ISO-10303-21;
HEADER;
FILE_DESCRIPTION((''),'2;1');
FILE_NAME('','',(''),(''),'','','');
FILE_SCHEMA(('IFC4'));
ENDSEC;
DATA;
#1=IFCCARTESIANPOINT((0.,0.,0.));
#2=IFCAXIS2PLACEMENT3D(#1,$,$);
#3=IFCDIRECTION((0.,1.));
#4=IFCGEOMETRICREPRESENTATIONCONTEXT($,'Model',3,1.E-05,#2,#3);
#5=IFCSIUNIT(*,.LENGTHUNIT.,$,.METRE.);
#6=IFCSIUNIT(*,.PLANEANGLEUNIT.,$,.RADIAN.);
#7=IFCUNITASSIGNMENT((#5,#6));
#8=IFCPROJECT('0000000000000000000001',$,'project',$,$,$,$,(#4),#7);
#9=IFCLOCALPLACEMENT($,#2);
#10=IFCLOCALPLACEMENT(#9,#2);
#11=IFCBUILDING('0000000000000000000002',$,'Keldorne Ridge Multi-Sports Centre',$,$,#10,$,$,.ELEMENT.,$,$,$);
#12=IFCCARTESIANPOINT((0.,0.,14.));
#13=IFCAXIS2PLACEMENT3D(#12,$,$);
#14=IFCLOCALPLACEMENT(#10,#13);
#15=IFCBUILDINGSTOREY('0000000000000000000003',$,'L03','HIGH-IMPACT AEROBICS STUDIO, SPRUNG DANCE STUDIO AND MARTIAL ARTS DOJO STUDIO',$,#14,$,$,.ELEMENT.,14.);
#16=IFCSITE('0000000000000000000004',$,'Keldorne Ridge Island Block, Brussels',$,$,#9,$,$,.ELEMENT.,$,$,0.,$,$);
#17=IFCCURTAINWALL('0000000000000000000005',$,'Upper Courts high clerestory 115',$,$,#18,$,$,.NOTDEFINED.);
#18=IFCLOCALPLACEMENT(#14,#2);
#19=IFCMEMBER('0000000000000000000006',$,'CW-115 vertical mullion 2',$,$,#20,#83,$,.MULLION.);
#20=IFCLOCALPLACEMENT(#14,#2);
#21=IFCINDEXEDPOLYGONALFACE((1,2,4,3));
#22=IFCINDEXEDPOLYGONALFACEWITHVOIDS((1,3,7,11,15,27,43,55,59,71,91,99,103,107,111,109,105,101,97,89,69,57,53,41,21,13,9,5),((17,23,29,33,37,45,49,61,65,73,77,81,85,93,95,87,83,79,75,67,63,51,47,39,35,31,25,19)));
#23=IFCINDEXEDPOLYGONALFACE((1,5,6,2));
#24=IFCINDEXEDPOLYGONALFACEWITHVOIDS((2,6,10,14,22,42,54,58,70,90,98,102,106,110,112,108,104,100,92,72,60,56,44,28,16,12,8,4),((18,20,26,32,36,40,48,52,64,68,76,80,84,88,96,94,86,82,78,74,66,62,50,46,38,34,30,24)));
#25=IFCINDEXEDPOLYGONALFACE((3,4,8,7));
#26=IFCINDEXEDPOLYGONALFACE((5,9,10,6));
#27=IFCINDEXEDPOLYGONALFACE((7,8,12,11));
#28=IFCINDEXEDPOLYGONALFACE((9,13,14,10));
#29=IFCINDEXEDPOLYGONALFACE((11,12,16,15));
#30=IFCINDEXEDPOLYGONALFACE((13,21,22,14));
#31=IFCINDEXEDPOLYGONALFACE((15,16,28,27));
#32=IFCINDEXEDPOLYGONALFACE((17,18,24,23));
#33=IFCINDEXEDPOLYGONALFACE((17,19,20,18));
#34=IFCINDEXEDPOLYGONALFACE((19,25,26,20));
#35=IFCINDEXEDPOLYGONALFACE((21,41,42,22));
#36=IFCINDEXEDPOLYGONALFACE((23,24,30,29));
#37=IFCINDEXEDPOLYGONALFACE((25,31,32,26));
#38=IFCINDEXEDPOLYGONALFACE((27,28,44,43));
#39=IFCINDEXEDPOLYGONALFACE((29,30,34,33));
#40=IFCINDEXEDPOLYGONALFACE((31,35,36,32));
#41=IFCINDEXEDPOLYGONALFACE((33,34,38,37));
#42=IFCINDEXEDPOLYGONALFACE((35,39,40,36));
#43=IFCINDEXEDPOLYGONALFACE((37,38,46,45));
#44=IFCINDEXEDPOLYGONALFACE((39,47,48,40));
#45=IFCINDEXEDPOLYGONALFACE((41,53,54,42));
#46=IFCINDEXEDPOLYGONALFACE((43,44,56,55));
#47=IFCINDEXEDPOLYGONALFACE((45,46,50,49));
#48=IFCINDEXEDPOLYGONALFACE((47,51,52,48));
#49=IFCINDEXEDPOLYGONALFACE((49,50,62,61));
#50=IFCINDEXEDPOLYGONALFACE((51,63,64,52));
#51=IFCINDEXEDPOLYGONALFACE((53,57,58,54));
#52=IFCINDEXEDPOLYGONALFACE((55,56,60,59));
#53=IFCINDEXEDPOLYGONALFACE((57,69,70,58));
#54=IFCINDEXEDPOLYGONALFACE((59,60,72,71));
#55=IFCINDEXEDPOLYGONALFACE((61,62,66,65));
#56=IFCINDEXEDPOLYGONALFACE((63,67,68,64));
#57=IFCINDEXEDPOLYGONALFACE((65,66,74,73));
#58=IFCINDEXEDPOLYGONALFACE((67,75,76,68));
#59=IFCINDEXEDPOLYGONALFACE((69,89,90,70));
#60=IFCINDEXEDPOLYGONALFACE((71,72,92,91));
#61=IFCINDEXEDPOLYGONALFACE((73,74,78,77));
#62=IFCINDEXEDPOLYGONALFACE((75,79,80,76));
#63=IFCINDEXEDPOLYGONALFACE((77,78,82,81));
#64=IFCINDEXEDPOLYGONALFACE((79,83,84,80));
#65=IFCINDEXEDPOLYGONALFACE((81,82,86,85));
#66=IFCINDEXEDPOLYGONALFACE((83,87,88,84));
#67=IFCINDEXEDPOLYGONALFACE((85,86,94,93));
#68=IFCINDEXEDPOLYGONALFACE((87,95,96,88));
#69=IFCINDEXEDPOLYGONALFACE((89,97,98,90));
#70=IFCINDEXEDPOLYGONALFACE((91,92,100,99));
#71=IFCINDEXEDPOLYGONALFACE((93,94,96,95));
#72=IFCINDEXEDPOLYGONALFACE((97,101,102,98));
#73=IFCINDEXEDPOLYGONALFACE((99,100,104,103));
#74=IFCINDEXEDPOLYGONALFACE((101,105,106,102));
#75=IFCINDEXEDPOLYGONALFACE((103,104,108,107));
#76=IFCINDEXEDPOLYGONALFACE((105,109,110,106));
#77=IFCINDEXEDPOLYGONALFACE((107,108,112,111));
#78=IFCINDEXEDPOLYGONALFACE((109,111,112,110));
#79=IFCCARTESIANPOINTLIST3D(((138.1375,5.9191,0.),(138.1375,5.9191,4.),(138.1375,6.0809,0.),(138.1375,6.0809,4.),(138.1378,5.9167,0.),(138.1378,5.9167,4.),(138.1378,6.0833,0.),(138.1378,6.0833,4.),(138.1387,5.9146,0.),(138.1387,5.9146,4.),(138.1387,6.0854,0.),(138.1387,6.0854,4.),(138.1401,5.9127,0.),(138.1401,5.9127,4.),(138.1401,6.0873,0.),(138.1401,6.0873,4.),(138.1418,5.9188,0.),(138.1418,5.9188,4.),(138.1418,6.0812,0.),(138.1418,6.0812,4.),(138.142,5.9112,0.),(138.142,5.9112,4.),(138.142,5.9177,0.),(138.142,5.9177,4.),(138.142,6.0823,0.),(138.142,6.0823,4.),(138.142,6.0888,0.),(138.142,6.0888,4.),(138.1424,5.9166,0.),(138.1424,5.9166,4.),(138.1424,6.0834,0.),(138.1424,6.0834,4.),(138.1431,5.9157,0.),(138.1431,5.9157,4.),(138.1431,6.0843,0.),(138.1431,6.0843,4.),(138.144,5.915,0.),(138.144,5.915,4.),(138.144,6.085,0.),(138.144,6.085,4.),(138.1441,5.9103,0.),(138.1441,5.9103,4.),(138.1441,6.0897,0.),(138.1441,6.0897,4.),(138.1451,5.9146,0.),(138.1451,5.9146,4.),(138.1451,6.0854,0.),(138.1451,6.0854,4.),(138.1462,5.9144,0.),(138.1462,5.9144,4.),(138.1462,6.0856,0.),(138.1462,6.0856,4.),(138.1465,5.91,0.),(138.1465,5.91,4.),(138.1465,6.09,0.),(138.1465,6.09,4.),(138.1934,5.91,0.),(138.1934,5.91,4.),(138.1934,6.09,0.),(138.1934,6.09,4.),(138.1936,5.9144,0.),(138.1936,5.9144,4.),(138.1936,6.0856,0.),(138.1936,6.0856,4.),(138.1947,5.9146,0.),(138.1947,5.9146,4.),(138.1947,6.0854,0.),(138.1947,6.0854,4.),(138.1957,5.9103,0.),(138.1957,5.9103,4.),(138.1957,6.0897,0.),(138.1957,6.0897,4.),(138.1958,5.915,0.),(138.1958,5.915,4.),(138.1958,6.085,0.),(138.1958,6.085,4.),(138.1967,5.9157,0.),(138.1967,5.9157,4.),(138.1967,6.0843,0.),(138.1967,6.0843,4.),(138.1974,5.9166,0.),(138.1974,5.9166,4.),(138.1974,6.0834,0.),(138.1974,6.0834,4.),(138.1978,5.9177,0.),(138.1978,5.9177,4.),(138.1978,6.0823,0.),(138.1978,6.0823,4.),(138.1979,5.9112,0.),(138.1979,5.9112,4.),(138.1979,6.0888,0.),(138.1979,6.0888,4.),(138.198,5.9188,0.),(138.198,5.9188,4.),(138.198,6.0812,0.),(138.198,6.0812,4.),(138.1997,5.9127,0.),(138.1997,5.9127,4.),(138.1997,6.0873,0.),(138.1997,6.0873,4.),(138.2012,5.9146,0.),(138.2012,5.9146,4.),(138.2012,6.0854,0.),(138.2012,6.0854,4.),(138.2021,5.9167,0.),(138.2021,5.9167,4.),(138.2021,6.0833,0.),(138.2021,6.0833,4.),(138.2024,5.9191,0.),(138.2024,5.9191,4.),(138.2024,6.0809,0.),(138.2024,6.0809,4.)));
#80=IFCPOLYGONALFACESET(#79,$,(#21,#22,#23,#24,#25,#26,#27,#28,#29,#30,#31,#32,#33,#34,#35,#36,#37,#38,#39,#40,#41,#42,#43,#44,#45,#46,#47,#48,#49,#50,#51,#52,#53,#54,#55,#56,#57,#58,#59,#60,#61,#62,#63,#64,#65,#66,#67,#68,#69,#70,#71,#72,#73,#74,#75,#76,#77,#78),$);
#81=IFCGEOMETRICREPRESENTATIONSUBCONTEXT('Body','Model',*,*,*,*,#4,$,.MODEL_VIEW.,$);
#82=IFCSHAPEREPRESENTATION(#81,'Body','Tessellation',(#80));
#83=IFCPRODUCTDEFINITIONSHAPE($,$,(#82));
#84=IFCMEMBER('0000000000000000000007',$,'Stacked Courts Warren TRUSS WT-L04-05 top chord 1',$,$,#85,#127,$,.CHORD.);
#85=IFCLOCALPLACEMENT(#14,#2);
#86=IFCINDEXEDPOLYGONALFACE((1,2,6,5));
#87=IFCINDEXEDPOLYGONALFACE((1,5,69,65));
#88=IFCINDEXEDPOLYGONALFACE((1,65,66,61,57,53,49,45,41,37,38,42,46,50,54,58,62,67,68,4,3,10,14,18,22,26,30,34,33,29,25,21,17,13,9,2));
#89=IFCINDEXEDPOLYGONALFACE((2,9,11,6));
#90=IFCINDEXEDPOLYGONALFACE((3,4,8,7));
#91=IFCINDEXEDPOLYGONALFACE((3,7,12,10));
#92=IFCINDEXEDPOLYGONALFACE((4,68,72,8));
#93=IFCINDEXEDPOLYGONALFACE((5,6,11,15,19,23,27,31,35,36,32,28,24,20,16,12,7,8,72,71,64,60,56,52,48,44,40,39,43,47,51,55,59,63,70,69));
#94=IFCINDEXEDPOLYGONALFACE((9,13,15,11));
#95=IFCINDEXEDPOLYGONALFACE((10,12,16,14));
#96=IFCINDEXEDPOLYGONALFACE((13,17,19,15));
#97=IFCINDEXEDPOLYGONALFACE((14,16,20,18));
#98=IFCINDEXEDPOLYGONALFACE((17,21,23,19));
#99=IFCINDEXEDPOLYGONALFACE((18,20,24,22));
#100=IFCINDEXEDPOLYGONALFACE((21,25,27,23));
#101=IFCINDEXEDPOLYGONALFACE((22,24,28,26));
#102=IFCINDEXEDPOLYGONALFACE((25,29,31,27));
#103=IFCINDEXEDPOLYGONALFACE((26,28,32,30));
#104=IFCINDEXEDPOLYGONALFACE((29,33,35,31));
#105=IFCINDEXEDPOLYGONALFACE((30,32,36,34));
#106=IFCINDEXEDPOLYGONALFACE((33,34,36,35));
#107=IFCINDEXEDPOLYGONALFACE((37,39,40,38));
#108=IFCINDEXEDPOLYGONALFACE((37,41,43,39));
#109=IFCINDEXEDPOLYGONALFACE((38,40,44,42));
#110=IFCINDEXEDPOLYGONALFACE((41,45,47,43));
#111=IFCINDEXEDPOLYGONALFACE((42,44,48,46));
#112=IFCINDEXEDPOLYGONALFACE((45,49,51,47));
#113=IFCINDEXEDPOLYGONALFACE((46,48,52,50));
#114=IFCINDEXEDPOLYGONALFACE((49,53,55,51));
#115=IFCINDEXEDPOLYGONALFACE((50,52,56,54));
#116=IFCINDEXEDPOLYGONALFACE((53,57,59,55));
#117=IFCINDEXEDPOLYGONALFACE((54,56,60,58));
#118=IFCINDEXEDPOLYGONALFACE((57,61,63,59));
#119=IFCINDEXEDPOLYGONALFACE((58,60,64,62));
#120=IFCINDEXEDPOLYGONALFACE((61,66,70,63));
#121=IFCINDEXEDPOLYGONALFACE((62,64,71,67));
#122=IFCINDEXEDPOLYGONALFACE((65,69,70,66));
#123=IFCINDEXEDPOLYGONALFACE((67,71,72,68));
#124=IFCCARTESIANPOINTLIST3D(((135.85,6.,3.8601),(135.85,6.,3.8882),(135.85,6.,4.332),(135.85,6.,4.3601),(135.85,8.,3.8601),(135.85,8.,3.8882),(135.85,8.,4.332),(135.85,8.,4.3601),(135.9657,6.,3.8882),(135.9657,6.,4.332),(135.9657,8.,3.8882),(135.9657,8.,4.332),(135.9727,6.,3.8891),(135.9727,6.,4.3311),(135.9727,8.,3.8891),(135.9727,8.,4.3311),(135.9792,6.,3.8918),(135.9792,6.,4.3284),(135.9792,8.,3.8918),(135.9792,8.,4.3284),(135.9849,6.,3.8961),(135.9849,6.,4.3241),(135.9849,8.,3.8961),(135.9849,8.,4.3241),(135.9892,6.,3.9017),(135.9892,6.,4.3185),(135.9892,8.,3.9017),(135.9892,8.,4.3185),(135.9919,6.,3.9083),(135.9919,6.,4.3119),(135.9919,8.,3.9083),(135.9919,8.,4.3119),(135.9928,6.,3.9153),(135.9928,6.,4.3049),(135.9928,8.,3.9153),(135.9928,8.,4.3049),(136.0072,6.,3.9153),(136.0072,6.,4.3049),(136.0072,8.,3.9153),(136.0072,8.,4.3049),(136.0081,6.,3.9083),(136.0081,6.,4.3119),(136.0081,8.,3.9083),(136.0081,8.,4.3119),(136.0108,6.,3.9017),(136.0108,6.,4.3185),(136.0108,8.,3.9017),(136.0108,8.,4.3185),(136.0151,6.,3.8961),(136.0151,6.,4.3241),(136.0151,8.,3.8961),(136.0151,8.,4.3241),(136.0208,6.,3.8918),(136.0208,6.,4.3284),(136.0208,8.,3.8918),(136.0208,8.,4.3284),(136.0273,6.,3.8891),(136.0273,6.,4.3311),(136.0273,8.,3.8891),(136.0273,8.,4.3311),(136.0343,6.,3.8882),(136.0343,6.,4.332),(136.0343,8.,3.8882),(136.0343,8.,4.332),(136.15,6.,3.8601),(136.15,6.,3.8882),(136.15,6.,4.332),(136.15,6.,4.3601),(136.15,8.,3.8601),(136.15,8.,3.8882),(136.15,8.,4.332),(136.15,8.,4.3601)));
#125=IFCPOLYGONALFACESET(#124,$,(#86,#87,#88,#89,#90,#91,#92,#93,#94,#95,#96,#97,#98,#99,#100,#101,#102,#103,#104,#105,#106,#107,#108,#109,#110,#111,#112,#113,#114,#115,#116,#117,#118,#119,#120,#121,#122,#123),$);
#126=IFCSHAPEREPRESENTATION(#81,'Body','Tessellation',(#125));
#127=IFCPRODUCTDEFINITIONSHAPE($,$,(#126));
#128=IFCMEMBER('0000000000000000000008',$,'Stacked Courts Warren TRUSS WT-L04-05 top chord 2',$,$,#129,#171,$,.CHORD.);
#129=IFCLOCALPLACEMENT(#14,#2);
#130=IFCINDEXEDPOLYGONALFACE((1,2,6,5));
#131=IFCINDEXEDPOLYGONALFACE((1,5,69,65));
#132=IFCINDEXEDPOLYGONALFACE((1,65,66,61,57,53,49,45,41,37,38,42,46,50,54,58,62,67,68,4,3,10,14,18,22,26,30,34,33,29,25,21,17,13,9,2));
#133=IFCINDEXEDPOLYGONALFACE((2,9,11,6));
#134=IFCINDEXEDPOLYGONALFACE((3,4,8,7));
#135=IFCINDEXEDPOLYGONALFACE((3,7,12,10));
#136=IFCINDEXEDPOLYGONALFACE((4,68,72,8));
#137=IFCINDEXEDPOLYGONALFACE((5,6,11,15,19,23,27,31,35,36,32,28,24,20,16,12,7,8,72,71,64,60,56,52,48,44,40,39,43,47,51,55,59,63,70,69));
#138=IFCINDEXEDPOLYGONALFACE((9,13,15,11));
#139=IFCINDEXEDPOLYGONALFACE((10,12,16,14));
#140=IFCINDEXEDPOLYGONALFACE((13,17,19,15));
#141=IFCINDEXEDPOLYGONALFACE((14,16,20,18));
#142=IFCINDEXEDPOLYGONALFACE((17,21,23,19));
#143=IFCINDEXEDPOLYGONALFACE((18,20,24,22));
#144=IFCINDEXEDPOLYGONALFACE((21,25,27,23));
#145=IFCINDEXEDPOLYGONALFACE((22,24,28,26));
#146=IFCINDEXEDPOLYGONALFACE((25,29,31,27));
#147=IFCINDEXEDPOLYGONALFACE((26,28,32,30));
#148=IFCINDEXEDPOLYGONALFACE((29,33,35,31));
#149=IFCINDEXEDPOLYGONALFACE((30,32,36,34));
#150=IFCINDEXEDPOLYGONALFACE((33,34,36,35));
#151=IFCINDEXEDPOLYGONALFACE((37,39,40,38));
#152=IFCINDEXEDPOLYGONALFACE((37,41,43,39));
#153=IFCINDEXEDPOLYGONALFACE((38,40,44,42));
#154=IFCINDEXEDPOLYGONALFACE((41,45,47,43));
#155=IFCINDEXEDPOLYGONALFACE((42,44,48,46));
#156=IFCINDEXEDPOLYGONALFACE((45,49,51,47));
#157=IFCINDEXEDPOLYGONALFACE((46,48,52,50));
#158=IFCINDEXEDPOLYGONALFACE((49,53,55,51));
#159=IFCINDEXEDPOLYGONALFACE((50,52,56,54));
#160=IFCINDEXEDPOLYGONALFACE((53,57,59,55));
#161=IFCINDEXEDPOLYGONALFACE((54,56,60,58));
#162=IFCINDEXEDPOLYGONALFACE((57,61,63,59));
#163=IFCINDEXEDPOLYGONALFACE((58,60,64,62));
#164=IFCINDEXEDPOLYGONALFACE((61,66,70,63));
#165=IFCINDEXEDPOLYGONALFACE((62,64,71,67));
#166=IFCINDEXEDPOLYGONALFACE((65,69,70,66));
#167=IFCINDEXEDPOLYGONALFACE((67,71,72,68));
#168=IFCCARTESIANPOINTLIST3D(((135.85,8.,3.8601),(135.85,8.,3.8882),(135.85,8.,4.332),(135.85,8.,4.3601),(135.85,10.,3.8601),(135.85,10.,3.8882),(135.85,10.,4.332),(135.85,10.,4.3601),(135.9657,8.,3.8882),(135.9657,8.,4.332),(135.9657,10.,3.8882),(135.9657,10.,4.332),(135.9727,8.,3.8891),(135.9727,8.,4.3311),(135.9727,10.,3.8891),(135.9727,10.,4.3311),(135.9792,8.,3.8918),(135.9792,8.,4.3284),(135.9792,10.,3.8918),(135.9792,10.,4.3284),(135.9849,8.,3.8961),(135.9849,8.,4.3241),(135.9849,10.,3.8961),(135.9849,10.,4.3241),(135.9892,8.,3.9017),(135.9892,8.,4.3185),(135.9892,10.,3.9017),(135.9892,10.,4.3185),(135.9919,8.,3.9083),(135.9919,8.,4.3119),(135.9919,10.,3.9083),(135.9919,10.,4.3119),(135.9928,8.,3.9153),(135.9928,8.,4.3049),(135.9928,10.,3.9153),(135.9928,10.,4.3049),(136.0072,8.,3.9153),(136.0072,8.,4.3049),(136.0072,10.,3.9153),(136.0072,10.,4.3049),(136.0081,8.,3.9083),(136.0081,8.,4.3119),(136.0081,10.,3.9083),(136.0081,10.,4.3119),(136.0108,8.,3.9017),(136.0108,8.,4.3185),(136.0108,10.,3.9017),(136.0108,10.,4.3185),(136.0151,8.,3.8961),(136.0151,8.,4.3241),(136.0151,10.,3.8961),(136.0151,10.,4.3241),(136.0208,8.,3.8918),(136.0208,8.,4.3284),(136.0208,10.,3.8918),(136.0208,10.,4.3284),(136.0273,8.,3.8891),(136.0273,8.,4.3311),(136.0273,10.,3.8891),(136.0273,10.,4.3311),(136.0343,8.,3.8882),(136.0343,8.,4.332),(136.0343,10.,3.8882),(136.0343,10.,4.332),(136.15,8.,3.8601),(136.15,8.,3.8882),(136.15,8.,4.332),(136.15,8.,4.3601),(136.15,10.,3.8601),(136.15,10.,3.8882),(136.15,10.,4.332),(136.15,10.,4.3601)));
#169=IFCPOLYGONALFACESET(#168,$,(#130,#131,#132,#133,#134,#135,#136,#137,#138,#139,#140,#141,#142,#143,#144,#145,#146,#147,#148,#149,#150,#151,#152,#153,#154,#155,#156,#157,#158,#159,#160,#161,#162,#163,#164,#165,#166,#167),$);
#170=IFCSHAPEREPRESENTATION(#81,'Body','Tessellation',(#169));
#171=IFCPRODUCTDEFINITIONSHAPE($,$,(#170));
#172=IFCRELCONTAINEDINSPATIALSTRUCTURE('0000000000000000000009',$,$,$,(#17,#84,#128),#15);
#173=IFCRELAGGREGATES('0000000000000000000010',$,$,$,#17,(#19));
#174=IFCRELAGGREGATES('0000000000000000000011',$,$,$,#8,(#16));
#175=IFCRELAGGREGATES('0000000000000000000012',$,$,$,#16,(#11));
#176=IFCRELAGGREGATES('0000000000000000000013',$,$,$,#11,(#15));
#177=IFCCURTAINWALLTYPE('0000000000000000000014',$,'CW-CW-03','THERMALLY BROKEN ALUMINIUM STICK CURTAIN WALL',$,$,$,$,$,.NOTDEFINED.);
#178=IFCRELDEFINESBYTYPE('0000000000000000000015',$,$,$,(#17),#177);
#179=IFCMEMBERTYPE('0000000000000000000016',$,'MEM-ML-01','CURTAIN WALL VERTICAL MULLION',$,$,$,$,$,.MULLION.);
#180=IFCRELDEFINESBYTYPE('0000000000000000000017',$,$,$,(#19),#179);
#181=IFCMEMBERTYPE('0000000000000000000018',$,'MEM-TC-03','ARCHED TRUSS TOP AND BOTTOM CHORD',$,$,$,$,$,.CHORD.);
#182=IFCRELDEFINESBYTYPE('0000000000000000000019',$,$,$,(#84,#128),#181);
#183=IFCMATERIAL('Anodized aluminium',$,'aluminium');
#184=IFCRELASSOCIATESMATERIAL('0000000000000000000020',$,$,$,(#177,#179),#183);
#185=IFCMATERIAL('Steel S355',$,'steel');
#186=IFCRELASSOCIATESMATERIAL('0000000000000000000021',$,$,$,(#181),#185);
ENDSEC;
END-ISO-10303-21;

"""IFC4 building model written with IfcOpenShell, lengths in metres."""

from ifc_helpers import new_model, si_unit, direction, frame, origin, origin_2d, place, context, subcontext, project, spatial, hollow_rectangle, i_section, extrude, material, material_profile, profile_set, type_object, element, aggregate, save


model = new_model("IFC4")

# Units and contexts
model_context = context("Model", 3, precision=1e-05, world=origin(), true_north=direction((0.0, 1.0)))
body_context = subcontext(model_context, "Body", "Model", "MODEL_VIEW")
ifc_project = project(units=[si_unit("LENGTHUNIT", "METRE"), si_unit("PLANEANGLEUNIT", "RADIAN")], contexts=[model_context])

# Site, building, storey
site_placement = place(None, origin())
site = spatial("IfcSite", under=ifc_project, at=site_placement, Name="Keldorne Ridge Island Block, Brussels", CompositionType="ELEMENT", RefElevation=0.0)
building_placement = place(site_placement, origin())
building = spatial("IfcBuilding", under=site, at=building_placement, Name="Keldorne Ridge Multi-Sports Centre", CompositionType="ELEMENT")
storey_placement = place(building_placement, frame((0.0, 0.0, 14.0)))
storey = spatial("IfcBuildingStorey", under=building, at=storey_placement, Name="L03", Description="HIGH-IMPACT AEROBICS STUDIO, SPRUNG DANCE STUDIO AND MARTIAL ARTS DOJO STUDIO", CompositionType="ELEMENT", Elevation=14.0)

# Shared definitions
ifc_material_1 = material(Name="Steel S355", Category="steel")

# Curtain wall, member
ifc_material_2 = material(Name="Anodized aluminium", Category="aluminium")
curtain_wall_type = type_object("IfcCurtainWallType", Name="CW-CW-03", Description="THERMALLY BROKEN ALUMINIUM STICK CURTAIN WALL", PredefinedType="NOTDEFINED", material=ifc_material_2)
curtain_wall_placement = place(storey_placement, origin())
curtain_wall = element("IfcCurtainWall", 1, at=curtain_wall_placement, inside=storey, type_object=curtain_wall_type, Name="Upper Courts high clerestory 115", PredefinedType="NOTDEFINED")
ifc_material_profile_1 = material_profile(ifc_material_2, hollow_rectangle(XDim=0.0649, YDim=0.1799, WallThickness=0.0044, InnerFilletRadius=0.0044, OuterFilletRadius=0.009, at=origin_2d()), Name="ALU MULLION 180x65x4.5")
ifc_profile_set_1 = profile_set([ifc_material_profile_1], Name="Anodized aluminium")
member_type_1 = type_object("IfcMemberType", Name="MEM-ML-01", Description="CURTAIN WALL VERTICAL MULLION", PredefinedType="MULLION", material=ifc_profile_set_1)
member_1_placement = place(storey_placement, frame((138.1699, 6.0, 0.0), z_axis=(0.0, 0.0, 1.0), x_axis=(1.0, 0.0, 0.0)))
member_1 = element("IfcMember", 2, at=member_1_placement, type_object=member_type_1, Name="CW-115 vertical mullion 2", PredefinedType="MULLION", context=body_context, shape_type="SweptSolid", body=[
    extrude(hollow_rectangle(XDim=0.0649, YDim=0.1799, WallThickness=0.0044, InnerFilletRadius=0.0044, OuterFilletRadius=0.009, at=origin_2d()), origin(), (0.0, 0.0, 1.0), 4.0),
])

# Members
ifc_material_profile_2 = material_profile(ifc_material_1, i_section(OverallWidth=0.3, OverallDepth=0.5, WebThickness=0.0144, FlangeThickness=0.0281, FilletRadius=0.0271, at=origin_2d()), Name="HEB 500")
ifc_profile_set_2 = profile_set([ifc_material_profile_2], Name="Steel S355")
member_type_2 = type_object("IfcMemberType", Name="MEM-TC-03", Description="ARCHED TRUSS TOP AND BOTTOM CHORD", PredefinedType="CHORD", material=ifc_profile_set_2)
for number, where, z_axis, x_axis, name in (
    (3, (136.0, 6.0, 4.1101), (0.0, 1.0, 0.0), (-1.0, 0.0, 0.0), "Stacked Courts Warren TRUSS WT-L04-05 top chord 1"),
    (4, (136.0, 8.0, 4.1101), (0.0, 1.0, 0.0), (-1.0, 0.0, 0.0), "Stacked Courts Warren TRUSS WT-L04-05 top chord 2"),
):
    element("IfcMember", number, at=place(storey_placement, frame(where, z_axis=z_axis, x_axis=x_axis)), inside=storey, type_object=member_type_2, Name=name, PredefinedType="CHORD", context=body_context, shape_type="SweptSolid", body=[
        extrude(i_section(OverallWidth=0.3, OverallDepth=0.5, WebThickness=0.0144, FlangeThickness=0.0281, FilletRadius=0.0271, at=origin_2d()), origin(), (0.0, 0.0, 1.0), 2.0),
    ])

aggregate(curtain_wall, [member_1])

save(model, "model.ifc")
